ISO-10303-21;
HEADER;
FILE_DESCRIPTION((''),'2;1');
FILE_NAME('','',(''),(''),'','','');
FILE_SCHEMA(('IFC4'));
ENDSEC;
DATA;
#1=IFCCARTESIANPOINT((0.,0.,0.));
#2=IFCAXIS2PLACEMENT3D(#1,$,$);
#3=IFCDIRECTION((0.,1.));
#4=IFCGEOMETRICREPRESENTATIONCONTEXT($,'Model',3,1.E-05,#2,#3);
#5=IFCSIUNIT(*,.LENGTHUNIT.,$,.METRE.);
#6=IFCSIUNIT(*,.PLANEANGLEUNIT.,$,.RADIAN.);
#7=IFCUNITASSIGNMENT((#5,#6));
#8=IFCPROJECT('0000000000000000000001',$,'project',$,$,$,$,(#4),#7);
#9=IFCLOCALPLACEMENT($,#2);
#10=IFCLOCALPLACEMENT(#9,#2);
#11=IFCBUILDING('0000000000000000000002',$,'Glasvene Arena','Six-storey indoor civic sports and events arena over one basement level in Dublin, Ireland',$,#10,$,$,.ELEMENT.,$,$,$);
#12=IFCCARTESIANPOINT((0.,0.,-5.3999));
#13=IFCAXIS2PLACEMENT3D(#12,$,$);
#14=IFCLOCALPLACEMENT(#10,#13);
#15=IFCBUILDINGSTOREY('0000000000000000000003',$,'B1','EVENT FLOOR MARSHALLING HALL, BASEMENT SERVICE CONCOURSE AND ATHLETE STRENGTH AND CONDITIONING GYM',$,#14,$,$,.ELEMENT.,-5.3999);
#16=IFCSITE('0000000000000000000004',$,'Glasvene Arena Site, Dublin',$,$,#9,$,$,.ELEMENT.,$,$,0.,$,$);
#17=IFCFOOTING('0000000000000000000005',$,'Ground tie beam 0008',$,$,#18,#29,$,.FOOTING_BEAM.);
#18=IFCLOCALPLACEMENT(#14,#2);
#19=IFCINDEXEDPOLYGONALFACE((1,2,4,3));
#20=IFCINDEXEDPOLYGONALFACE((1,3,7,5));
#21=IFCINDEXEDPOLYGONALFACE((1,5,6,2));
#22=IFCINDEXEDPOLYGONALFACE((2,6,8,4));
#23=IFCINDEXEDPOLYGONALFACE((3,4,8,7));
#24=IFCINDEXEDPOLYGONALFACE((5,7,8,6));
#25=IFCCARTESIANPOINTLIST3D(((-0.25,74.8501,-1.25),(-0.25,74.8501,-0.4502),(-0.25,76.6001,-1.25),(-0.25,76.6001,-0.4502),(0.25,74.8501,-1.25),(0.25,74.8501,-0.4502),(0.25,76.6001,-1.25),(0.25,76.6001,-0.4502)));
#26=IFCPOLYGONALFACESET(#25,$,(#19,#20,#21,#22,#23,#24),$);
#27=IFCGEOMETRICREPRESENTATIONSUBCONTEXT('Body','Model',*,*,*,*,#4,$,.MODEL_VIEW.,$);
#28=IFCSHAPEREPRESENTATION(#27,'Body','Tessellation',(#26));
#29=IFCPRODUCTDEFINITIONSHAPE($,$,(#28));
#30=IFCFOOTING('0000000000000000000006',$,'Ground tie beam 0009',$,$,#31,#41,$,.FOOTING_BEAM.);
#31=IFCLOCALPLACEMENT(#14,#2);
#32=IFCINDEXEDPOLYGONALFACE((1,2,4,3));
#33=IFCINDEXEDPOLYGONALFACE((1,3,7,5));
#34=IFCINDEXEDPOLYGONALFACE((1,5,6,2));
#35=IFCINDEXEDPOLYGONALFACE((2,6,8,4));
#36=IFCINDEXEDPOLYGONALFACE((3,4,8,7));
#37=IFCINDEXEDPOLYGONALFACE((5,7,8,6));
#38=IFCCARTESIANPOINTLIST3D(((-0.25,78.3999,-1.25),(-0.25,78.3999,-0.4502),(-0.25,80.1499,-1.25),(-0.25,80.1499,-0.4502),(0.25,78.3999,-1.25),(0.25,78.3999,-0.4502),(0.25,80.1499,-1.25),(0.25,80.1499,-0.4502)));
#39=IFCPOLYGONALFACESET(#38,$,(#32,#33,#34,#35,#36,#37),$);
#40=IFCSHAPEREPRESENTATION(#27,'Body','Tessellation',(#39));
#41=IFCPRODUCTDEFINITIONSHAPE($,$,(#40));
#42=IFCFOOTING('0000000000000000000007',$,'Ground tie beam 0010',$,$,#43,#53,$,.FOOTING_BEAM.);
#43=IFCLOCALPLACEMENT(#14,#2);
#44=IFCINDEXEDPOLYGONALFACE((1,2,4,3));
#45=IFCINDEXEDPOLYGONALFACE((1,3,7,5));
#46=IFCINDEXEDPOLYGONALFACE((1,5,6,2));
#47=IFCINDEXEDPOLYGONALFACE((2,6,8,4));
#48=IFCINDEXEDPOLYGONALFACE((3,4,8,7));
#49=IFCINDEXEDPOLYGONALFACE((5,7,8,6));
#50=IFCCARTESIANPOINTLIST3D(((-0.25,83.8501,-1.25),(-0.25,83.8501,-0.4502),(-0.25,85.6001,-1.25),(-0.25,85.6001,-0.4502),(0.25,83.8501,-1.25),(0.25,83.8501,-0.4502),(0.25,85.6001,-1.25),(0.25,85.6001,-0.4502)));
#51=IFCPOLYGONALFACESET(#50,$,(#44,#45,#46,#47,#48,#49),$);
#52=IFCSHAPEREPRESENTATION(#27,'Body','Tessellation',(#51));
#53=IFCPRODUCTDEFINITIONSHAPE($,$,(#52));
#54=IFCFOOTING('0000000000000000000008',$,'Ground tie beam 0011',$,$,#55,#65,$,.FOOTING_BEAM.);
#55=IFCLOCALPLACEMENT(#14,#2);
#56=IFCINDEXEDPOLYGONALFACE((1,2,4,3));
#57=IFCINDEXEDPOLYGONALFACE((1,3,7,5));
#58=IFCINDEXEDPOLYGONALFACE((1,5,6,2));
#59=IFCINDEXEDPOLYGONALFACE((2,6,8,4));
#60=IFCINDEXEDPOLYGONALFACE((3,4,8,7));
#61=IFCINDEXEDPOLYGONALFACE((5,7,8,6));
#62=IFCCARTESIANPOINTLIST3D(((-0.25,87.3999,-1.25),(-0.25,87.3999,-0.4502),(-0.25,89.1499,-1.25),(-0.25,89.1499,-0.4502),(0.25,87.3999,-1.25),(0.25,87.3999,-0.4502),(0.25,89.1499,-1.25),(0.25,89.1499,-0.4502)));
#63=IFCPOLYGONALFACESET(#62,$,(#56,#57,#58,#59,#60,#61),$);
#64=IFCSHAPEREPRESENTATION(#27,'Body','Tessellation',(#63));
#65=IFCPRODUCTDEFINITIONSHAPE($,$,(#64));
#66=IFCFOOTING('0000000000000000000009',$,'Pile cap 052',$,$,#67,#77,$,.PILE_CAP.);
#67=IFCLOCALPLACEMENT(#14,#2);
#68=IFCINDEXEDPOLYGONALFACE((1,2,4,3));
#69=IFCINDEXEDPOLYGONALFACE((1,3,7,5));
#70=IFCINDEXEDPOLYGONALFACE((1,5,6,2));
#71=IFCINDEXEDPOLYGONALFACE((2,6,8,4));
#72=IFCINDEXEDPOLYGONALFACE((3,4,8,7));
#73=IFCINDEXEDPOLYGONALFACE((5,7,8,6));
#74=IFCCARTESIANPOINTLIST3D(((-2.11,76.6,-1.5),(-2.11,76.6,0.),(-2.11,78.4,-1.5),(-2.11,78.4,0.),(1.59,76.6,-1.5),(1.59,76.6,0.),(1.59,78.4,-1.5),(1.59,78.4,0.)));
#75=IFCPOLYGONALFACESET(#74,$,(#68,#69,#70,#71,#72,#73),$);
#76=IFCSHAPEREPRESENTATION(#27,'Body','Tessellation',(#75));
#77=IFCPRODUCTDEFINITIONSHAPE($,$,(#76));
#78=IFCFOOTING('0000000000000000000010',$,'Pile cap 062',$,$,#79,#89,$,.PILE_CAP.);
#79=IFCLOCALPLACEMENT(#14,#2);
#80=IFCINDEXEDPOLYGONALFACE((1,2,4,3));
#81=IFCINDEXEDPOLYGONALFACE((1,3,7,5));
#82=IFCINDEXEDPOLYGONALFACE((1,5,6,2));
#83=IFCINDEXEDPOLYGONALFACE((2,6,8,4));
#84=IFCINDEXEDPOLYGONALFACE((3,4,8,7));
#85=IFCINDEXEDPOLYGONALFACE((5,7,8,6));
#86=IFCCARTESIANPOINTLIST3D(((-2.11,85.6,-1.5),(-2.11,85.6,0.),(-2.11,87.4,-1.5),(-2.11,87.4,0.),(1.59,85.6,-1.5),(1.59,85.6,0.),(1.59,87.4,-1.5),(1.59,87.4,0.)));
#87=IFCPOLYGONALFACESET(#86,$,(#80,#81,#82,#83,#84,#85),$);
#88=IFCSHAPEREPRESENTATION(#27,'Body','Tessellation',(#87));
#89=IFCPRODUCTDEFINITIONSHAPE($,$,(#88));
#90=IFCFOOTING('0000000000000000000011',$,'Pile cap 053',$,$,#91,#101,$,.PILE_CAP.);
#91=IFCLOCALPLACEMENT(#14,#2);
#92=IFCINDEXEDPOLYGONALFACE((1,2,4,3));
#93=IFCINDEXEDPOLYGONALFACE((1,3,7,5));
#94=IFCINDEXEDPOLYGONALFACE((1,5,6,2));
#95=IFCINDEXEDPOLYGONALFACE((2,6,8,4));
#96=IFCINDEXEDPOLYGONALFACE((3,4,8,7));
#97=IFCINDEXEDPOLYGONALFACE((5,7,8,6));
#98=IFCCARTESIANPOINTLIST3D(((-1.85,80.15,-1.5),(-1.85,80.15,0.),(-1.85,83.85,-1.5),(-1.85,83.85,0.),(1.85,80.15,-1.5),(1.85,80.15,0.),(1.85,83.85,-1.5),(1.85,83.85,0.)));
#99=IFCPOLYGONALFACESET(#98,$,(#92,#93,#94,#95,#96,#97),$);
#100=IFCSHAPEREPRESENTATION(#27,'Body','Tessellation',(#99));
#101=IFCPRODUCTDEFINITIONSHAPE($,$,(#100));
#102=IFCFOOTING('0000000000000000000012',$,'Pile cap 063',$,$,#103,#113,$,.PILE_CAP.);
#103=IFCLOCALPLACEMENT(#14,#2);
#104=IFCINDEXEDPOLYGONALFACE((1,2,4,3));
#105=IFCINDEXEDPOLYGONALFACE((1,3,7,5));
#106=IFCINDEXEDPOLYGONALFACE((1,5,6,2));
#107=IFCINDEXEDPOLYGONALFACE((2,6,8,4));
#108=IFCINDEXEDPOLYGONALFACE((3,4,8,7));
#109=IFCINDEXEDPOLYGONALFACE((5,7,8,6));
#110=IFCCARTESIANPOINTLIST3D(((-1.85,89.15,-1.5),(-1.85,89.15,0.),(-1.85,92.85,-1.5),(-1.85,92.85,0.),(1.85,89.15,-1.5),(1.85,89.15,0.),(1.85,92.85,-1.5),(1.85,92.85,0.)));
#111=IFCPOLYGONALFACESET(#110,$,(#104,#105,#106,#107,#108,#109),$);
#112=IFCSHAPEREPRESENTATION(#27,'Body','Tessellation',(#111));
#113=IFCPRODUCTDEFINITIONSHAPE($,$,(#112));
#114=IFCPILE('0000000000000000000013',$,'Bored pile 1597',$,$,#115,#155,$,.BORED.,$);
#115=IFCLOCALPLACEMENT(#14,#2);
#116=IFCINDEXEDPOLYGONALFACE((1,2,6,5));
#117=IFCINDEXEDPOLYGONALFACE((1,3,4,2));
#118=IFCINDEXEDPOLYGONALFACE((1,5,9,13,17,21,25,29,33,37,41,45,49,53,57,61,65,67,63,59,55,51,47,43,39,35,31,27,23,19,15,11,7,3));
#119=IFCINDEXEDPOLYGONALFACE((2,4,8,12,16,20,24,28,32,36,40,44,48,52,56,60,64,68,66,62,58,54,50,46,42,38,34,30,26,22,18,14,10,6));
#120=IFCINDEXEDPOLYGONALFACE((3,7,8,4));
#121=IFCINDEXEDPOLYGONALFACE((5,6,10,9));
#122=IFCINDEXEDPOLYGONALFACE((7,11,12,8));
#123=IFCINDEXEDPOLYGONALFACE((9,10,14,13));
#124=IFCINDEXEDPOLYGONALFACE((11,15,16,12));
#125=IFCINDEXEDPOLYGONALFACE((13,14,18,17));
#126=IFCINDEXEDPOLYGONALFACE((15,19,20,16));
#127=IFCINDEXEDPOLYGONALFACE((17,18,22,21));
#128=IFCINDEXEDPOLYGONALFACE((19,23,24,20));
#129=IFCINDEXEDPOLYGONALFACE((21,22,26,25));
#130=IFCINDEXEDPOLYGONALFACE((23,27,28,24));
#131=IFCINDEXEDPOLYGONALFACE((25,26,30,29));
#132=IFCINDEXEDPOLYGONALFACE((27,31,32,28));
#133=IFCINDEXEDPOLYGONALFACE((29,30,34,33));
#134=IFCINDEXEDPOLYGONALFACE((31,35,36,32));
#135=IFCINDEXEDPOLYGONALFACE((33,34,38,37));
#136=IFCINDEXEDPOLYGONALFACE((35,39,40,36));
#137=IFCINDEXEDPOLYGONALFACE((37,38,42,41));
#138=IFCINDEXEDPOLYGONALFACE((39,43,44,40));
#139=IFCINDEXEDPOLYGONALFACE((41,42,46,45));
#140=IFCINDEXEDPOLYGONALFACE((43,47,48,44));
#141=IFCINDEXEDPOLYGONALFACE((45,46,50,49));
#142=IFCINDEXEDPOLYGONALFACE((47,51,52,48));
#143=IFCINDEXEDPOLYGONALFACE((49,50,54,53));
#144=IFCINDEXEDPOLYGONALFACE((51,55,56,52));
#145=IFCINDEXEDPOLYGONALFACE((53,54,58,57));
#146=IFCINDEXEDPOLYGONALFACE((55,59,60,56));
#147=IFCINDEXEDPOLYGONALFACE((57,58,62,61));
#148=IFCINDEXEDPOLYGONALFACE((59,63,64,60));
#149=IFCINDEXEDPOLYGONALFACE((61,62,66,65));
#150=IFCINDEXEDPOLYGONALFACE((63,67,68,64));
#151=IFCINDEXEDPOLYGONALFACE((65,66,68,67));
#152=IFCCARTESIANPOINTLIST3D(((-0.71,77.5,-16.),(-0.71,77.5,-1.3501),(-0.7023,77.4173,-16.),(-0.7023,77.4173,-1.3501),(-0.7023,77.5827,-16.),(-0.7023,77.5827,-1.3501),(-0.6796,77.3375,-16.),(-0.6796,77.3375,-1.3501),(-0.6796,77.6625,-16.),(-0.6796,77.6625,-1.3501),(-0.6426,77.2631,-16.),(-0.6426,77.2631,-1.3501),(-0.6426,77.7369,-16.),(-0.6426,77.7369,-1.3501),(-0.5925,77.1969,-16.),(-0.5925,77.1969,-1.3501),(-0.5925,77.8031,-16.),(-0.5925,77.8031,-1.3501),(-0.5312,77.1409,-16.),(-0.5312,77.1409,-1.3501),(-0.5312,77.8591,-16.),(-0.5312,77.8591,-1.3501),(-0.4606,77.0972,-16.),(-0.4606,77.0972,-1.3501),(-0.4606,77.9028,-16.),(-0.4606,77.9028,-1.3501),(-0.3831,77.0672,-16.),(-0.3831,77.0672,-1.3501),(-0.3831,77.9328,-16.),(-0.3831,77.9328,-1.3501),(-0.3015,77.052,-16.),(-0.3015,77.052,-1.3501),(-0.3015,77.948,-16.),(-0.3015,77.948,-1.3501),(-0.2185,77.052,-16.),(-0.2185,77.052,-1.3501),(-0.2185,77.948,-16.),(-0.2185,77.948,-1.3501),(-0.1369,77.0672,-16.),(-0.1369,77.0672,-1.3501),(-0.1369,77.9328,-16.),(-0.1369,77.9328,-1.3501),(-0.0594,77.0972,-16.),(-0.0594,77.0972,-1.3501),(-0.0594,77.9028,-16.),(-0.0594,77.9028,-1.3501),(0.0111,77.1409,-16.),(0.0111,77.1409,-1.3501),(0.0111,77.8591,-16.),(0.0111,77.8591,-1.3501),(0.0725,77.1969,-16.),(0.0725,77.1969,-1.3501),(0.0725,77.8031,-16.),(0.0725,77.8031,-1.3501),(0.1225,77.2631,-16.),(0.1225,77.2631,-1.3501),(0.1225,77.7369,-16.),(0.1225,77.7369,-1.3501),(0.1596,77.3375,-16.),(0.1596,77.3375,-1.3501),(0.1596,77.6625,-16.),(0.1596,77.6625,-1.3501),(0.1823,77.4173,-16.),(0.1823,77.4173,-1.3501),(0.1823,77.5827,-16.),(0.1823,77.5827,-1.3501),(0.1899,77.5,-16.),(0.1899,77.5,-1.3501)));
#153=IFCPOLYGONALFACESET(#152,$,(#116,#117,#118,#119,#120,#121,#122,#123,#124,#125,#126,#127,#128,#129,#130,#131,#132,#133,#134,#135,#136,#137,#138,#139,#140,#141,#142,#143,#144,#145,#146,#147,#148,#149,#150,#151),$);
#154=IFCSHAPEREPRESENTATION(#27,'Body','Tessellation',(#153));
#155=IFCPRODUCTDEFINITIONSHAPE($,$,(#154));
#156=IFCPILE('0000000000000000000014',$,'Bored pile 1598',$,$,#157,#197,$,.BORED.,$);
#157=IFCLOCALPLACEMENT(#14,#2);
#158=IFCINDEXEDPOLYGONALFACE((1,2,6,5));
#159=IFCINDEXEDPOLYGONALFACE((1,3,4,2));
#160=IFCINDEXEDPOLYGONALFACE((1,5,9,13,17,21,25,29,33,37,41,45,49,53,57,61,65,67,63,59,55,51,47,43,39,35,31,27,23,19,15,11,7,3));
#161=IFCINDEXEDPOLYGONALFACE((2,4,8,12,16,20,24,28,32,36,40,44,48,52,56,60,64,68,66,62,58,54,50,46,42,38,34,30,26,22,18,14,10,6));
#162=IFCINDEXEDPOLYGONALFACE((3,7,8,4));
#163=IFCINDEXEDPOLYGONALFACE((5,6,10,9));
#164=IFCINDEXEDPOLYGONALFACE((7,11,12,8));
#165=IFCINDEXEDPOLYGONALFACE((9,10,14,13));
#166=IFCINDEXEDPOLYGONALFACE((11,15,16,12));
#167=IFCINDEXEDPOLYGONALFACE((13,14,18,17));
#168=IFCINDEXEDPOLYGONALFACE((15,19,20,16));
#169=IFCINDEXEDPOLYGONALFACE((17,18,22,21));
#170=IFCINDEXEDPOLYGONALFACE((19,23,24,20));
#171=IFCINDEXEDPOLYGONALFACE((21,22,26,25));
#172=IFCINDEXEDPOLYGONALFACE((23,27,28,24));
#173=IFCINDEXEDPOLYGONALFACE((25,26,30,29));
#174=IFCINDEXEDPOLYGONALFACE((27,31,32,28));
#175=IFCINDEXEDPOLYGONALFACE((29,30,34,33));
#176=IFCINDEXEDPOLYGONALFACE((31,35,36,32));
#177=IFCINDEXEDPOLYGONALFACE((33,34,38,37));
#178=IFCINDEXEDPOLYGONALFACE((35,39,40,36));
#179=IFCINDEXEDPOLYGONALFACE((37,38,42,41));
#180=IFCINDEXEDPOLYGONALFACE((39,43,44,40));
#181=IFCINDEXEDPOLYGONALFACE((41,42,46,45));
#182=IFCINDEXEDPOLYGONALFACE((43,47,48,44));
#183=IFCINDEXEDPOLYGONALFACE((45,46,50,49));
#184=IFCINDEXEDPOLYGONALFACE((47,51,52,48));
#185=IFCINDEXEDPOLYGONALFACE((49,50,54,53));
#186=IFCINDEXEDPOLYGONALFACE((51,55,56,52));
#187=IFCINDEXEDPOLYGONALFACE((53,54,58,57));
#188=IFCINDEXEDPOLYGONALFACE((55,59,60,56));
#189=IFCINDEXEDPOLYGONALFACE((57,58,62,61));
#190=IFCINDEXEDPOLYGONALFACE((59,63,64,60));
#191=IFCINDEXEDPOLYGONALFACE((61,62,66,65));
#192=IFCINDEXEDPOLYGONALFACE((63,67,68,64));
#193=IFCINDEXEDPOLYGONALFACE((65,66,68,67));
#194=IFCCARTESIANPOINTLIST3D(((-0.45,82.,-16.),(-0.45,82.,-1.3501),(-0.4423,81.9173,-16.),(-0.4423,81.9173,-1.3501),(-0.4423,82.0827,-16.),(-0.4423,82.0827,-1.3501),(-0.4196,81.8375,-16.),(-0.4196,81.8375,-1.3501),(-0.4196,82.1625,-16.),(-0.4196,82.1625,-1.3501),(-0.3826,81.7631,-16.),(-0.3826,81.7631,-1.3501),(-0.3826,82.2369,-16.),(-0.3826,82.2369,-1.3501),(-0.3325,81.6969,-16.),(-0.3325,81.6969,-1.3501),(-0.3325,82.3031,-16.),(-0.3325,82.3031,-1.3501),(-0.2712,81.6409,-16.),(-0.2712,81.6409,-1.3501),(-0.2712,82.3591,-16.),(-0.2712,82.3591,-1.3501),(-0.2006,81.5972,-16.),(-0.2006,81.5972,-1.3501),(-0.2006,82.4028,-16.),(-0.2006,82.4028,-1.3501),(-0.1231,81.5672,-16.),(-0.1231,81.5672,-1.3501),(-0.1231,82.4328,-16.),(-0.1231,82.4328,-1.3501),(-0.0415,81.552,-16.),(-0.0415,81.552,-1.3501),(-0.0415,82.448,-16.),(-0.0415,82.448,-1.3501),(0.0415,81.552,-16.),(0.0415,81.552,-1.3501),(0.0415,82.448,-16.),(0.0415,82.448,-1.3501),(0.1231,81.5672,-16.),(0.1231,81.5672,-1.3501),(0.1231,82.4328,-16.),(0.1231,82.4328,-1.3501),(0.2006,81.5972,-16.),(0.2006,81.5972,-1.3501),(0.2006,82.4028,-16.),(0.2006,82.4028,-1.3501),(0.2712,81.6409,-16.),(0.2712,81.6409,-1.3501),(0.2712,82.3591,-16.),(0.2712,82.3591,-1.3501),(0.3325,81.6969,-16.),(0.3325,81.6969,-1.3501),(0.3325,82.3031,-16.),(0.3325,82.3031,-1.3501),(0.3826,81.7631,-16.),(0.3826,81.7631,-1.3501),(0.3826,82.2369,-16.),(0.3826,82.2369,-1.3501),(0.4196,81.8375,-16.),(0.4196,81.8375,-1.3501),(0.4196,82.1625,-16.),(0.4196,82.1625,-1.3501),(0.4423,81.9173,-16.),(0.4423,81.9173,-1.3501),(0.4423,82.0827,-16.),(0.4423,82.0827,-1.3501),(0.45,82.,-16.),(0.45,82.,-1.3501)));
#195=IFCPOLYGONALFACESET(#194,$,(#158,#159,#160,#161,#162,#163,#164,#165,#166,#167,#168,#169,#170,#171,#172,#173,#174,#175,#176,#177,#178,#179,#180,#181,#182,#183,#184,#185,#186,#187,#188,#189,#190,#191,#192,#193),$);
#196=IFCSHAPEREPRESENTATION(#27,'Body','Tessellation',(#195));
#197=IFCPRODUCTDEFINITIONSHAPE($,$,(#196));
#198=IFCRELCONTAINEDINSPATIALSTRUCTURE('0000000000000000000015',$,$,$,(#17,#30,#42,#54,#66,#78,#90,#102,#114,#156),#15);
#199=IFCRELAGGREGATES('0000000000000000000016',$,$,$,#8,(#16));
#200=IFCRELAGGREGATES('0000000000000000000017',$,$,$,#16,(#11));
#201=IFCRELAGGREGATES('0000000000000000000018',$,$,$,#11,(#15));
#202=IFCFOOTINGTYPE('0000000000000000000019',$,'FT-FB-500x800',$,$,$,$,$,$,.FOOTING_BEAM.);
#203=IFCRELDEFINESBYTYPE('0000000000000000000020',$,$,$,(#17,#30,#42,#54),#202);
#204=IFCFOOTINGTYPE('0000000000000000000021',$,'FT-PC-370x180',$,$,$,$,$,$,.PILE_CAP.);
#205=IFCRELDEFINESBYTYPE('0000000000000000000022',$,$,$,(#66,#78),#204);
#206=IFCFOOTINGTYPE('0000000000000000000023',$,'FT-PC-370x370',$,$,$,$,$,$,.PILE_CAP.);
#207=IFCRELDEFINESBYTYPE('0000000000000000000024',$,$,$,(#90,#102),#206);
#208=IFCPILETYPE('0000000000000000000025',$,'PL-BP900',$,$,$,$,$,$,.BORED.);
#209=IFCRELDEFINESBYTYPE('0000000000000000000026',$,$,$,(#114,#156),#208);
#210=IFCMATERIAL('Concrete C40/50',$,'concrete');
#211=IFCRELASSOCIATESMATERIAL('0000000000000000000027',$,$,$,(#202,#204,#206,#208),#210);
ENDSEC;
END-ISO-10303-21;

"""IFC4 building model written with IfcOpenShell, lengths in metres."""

from ifc_helpers import new_model, si_unit, direction, frame, origin, origin_2d, place, context, subcontext, project, spatial, polyline, rectangle, circle, outline, extrude, material, material_profile, profile_set, type_object, element, save


model = new_model("IFC4")

# Units and contexts
model_context = context("Model", 3, precision=1e-05, world=origin(), true_north=direction((0.0, 1.0)))
body_context = subcontext(model_context, "Body", "Model", "MODEL_VIEW")
ifc_project = project(units=[si_unit("LENGTHUNIT", "METRE"), si_unit("PLANEANGLEUNIT", "RADIAN")], contexts=[model_context])

# Site, building, storey
site_placement = place(None, origin())
site = spatial("IfcSite", under=ifc_project, at=site_placement, Name="Glasvene Arena Site, Dublin", CompositionType="ELEMENT", RefElevation=0.0)
building_placement = place(site_placement, origin())
building = spatial("IfcBuilding", under=site, at=building_placement, Name="Glasvene Arena", Description="Six-storey indoor civic sports and events arena over one basement level in Dublin, Ireland", CompositionType="ELEMENT")
storey_placement = place(building_placement, frame((0.0, 0.0, -5.3999)))
storey = spatial("IfcBuildingStorey", under=building, at=storey_placement, Name="B1", Description="EVENT FLOOR MARSHALLING HALL, BASEMENT SERVICE CONCOURSE AND ATHLETE STRENGTH AND CONDITIONING GYM", CompositionType="ELEMENT", Elevation=-5.3999)

# Footings
ifc_material_1 = material(Name="Concrete C40/50", Category="concrete")
footing_type_1 = type_object("IfcFootingType", Name="FT-FB-500x800", PredefinedType="FOOTING_BEAM", material=ifc_material_1)
for number, where, name in (
    (1, (0.0, 75.7251, -1.25), "Ground tie beam 0008"),
    (2, (0.0, 79.2749, -1.25), "Ground tie beam 0009"),
    (3, (0.0, 84.7251, -1.25), "Ground tie beam 0010"),
    (4, (0.0, 88.2749, -1.25), "Ground tie beam 0011"),
):
    element("IfcFooting", number, at=place(storey_placement, frame(where)), inside=storey, type_object=footing_type_1, Name=name, PredefinedType="FOOTING_BEAM", context=body_context, shape_type="SweptSolid", body=[
        extrude(outline(polyline([(-0.25, -0.875), (0.25, -0.875), (0.25, 0.875), (-0.25, 0.875), (-0.25, -0.875)])), origin(), (0.0, 0.0, 1.0), 0.7998),
    ])
footing_type_2 = type_object("IfcFootingType", Name="FT-PC-370x180", PredefinedType="PILE_CAP", material=ifc_material_1)
for number, where, z_axis, x_axis, name in (
    (5, (-0.26, 77.5, -1.5), (0.0, 0.0, 1.0), (1.0, 0.0, 0.0), "Pile cap 052"),
    (6, (-0.26, 86.5, -1.5), (0.0, 0.0, 1.0), (1.0, 0.0, 0.0), "Pile cap 062"),
):
    element("IfcFooting", number, at=place(storey_placement, frame(where, z_axis=z_axis, x_axis=x_axis)), inside=storey, type_object=footing_type_2, Name=name, PredefinedType="PILE_CAP", context=body_context, shape_type="SweptSolid", body=[
        extrude(rectangle(XDim=3.7, YDim=1.8, at=origin_2d()), origin(), (0.0, 0.0, 1.0), 1.5),
    ])
footing_type_3 = type_object("IfcFootingType", Name="FT-PC-370x370", PredefinedType="PILE_CAP", material=ifc_material_1)
for number, where, z_axis, x_axis, name in (
    (7, (0.0, 82.0, -1.5), (0.0, 0.0, 1.0), (1.0, 0.0, 0.0), "Pile cap 053"),
    (8, (0.0, 91.0, -1.5), (0.0, 0.0, 1.0), (1.0, 0.0, 0.0), "Pile cap 063"),
):
    element("IfcFooting", number, at=place(storey_placement, frame(where, z_axis=z_axis, x_axis=x_axis)), inside=storey, type_object=footing_type_3, Name=name, PredefinedType="PILE_CAP", context=body_context, shape_type="SweptSolid", body=[
        extrude(rectangle(XDim=3.7, YDim=3.7, at=origin_2d()), origin(), (0.0, 0.0, 1.0), 1.5),
    ])

# Piles
ifc_material_profile_1 = material_profile(ifc_material_1, circle(Radius=0.45, at=origin_2d()), Name="BORED PILE 900")
ifc_profile_set_1 = profile_set([ifc_material_profile_1], Name="Concrete C40/50")
pile_type = type_object("IfcPileType", Name="PL-BP900", PredefinedType="BORED", material=ifc_profile_set_1)
for number, where, z_axis, x_axis, name in (
    (9, (-0.26, 77.5, -1.3501), (0.0, 0.0, -1.0), (1.0, 0.0, 0.0), "Bored pile 1597"),
    (10, (0.0, 82.0, -1.3501), (0.0, 0.0, -1.0), (1.0, 0.0, 0.0), "Bored pile 1598"),
):
    element("IfcPile", number, at=place(storey_placement, frame(where, z_axis=z_axis, x_axis=x_axis)), inside=storey, type_object=pile_type, Name=name, PredefinedType="BORED", context=body_context, shape_type="SweptSolid", body=[
        extrude(circle(Radius=0.45, at=origin_2d()), origin(), (0.0, 0.0, 1.0), 14.6499),
    ])

save(model, "model.ifc")
